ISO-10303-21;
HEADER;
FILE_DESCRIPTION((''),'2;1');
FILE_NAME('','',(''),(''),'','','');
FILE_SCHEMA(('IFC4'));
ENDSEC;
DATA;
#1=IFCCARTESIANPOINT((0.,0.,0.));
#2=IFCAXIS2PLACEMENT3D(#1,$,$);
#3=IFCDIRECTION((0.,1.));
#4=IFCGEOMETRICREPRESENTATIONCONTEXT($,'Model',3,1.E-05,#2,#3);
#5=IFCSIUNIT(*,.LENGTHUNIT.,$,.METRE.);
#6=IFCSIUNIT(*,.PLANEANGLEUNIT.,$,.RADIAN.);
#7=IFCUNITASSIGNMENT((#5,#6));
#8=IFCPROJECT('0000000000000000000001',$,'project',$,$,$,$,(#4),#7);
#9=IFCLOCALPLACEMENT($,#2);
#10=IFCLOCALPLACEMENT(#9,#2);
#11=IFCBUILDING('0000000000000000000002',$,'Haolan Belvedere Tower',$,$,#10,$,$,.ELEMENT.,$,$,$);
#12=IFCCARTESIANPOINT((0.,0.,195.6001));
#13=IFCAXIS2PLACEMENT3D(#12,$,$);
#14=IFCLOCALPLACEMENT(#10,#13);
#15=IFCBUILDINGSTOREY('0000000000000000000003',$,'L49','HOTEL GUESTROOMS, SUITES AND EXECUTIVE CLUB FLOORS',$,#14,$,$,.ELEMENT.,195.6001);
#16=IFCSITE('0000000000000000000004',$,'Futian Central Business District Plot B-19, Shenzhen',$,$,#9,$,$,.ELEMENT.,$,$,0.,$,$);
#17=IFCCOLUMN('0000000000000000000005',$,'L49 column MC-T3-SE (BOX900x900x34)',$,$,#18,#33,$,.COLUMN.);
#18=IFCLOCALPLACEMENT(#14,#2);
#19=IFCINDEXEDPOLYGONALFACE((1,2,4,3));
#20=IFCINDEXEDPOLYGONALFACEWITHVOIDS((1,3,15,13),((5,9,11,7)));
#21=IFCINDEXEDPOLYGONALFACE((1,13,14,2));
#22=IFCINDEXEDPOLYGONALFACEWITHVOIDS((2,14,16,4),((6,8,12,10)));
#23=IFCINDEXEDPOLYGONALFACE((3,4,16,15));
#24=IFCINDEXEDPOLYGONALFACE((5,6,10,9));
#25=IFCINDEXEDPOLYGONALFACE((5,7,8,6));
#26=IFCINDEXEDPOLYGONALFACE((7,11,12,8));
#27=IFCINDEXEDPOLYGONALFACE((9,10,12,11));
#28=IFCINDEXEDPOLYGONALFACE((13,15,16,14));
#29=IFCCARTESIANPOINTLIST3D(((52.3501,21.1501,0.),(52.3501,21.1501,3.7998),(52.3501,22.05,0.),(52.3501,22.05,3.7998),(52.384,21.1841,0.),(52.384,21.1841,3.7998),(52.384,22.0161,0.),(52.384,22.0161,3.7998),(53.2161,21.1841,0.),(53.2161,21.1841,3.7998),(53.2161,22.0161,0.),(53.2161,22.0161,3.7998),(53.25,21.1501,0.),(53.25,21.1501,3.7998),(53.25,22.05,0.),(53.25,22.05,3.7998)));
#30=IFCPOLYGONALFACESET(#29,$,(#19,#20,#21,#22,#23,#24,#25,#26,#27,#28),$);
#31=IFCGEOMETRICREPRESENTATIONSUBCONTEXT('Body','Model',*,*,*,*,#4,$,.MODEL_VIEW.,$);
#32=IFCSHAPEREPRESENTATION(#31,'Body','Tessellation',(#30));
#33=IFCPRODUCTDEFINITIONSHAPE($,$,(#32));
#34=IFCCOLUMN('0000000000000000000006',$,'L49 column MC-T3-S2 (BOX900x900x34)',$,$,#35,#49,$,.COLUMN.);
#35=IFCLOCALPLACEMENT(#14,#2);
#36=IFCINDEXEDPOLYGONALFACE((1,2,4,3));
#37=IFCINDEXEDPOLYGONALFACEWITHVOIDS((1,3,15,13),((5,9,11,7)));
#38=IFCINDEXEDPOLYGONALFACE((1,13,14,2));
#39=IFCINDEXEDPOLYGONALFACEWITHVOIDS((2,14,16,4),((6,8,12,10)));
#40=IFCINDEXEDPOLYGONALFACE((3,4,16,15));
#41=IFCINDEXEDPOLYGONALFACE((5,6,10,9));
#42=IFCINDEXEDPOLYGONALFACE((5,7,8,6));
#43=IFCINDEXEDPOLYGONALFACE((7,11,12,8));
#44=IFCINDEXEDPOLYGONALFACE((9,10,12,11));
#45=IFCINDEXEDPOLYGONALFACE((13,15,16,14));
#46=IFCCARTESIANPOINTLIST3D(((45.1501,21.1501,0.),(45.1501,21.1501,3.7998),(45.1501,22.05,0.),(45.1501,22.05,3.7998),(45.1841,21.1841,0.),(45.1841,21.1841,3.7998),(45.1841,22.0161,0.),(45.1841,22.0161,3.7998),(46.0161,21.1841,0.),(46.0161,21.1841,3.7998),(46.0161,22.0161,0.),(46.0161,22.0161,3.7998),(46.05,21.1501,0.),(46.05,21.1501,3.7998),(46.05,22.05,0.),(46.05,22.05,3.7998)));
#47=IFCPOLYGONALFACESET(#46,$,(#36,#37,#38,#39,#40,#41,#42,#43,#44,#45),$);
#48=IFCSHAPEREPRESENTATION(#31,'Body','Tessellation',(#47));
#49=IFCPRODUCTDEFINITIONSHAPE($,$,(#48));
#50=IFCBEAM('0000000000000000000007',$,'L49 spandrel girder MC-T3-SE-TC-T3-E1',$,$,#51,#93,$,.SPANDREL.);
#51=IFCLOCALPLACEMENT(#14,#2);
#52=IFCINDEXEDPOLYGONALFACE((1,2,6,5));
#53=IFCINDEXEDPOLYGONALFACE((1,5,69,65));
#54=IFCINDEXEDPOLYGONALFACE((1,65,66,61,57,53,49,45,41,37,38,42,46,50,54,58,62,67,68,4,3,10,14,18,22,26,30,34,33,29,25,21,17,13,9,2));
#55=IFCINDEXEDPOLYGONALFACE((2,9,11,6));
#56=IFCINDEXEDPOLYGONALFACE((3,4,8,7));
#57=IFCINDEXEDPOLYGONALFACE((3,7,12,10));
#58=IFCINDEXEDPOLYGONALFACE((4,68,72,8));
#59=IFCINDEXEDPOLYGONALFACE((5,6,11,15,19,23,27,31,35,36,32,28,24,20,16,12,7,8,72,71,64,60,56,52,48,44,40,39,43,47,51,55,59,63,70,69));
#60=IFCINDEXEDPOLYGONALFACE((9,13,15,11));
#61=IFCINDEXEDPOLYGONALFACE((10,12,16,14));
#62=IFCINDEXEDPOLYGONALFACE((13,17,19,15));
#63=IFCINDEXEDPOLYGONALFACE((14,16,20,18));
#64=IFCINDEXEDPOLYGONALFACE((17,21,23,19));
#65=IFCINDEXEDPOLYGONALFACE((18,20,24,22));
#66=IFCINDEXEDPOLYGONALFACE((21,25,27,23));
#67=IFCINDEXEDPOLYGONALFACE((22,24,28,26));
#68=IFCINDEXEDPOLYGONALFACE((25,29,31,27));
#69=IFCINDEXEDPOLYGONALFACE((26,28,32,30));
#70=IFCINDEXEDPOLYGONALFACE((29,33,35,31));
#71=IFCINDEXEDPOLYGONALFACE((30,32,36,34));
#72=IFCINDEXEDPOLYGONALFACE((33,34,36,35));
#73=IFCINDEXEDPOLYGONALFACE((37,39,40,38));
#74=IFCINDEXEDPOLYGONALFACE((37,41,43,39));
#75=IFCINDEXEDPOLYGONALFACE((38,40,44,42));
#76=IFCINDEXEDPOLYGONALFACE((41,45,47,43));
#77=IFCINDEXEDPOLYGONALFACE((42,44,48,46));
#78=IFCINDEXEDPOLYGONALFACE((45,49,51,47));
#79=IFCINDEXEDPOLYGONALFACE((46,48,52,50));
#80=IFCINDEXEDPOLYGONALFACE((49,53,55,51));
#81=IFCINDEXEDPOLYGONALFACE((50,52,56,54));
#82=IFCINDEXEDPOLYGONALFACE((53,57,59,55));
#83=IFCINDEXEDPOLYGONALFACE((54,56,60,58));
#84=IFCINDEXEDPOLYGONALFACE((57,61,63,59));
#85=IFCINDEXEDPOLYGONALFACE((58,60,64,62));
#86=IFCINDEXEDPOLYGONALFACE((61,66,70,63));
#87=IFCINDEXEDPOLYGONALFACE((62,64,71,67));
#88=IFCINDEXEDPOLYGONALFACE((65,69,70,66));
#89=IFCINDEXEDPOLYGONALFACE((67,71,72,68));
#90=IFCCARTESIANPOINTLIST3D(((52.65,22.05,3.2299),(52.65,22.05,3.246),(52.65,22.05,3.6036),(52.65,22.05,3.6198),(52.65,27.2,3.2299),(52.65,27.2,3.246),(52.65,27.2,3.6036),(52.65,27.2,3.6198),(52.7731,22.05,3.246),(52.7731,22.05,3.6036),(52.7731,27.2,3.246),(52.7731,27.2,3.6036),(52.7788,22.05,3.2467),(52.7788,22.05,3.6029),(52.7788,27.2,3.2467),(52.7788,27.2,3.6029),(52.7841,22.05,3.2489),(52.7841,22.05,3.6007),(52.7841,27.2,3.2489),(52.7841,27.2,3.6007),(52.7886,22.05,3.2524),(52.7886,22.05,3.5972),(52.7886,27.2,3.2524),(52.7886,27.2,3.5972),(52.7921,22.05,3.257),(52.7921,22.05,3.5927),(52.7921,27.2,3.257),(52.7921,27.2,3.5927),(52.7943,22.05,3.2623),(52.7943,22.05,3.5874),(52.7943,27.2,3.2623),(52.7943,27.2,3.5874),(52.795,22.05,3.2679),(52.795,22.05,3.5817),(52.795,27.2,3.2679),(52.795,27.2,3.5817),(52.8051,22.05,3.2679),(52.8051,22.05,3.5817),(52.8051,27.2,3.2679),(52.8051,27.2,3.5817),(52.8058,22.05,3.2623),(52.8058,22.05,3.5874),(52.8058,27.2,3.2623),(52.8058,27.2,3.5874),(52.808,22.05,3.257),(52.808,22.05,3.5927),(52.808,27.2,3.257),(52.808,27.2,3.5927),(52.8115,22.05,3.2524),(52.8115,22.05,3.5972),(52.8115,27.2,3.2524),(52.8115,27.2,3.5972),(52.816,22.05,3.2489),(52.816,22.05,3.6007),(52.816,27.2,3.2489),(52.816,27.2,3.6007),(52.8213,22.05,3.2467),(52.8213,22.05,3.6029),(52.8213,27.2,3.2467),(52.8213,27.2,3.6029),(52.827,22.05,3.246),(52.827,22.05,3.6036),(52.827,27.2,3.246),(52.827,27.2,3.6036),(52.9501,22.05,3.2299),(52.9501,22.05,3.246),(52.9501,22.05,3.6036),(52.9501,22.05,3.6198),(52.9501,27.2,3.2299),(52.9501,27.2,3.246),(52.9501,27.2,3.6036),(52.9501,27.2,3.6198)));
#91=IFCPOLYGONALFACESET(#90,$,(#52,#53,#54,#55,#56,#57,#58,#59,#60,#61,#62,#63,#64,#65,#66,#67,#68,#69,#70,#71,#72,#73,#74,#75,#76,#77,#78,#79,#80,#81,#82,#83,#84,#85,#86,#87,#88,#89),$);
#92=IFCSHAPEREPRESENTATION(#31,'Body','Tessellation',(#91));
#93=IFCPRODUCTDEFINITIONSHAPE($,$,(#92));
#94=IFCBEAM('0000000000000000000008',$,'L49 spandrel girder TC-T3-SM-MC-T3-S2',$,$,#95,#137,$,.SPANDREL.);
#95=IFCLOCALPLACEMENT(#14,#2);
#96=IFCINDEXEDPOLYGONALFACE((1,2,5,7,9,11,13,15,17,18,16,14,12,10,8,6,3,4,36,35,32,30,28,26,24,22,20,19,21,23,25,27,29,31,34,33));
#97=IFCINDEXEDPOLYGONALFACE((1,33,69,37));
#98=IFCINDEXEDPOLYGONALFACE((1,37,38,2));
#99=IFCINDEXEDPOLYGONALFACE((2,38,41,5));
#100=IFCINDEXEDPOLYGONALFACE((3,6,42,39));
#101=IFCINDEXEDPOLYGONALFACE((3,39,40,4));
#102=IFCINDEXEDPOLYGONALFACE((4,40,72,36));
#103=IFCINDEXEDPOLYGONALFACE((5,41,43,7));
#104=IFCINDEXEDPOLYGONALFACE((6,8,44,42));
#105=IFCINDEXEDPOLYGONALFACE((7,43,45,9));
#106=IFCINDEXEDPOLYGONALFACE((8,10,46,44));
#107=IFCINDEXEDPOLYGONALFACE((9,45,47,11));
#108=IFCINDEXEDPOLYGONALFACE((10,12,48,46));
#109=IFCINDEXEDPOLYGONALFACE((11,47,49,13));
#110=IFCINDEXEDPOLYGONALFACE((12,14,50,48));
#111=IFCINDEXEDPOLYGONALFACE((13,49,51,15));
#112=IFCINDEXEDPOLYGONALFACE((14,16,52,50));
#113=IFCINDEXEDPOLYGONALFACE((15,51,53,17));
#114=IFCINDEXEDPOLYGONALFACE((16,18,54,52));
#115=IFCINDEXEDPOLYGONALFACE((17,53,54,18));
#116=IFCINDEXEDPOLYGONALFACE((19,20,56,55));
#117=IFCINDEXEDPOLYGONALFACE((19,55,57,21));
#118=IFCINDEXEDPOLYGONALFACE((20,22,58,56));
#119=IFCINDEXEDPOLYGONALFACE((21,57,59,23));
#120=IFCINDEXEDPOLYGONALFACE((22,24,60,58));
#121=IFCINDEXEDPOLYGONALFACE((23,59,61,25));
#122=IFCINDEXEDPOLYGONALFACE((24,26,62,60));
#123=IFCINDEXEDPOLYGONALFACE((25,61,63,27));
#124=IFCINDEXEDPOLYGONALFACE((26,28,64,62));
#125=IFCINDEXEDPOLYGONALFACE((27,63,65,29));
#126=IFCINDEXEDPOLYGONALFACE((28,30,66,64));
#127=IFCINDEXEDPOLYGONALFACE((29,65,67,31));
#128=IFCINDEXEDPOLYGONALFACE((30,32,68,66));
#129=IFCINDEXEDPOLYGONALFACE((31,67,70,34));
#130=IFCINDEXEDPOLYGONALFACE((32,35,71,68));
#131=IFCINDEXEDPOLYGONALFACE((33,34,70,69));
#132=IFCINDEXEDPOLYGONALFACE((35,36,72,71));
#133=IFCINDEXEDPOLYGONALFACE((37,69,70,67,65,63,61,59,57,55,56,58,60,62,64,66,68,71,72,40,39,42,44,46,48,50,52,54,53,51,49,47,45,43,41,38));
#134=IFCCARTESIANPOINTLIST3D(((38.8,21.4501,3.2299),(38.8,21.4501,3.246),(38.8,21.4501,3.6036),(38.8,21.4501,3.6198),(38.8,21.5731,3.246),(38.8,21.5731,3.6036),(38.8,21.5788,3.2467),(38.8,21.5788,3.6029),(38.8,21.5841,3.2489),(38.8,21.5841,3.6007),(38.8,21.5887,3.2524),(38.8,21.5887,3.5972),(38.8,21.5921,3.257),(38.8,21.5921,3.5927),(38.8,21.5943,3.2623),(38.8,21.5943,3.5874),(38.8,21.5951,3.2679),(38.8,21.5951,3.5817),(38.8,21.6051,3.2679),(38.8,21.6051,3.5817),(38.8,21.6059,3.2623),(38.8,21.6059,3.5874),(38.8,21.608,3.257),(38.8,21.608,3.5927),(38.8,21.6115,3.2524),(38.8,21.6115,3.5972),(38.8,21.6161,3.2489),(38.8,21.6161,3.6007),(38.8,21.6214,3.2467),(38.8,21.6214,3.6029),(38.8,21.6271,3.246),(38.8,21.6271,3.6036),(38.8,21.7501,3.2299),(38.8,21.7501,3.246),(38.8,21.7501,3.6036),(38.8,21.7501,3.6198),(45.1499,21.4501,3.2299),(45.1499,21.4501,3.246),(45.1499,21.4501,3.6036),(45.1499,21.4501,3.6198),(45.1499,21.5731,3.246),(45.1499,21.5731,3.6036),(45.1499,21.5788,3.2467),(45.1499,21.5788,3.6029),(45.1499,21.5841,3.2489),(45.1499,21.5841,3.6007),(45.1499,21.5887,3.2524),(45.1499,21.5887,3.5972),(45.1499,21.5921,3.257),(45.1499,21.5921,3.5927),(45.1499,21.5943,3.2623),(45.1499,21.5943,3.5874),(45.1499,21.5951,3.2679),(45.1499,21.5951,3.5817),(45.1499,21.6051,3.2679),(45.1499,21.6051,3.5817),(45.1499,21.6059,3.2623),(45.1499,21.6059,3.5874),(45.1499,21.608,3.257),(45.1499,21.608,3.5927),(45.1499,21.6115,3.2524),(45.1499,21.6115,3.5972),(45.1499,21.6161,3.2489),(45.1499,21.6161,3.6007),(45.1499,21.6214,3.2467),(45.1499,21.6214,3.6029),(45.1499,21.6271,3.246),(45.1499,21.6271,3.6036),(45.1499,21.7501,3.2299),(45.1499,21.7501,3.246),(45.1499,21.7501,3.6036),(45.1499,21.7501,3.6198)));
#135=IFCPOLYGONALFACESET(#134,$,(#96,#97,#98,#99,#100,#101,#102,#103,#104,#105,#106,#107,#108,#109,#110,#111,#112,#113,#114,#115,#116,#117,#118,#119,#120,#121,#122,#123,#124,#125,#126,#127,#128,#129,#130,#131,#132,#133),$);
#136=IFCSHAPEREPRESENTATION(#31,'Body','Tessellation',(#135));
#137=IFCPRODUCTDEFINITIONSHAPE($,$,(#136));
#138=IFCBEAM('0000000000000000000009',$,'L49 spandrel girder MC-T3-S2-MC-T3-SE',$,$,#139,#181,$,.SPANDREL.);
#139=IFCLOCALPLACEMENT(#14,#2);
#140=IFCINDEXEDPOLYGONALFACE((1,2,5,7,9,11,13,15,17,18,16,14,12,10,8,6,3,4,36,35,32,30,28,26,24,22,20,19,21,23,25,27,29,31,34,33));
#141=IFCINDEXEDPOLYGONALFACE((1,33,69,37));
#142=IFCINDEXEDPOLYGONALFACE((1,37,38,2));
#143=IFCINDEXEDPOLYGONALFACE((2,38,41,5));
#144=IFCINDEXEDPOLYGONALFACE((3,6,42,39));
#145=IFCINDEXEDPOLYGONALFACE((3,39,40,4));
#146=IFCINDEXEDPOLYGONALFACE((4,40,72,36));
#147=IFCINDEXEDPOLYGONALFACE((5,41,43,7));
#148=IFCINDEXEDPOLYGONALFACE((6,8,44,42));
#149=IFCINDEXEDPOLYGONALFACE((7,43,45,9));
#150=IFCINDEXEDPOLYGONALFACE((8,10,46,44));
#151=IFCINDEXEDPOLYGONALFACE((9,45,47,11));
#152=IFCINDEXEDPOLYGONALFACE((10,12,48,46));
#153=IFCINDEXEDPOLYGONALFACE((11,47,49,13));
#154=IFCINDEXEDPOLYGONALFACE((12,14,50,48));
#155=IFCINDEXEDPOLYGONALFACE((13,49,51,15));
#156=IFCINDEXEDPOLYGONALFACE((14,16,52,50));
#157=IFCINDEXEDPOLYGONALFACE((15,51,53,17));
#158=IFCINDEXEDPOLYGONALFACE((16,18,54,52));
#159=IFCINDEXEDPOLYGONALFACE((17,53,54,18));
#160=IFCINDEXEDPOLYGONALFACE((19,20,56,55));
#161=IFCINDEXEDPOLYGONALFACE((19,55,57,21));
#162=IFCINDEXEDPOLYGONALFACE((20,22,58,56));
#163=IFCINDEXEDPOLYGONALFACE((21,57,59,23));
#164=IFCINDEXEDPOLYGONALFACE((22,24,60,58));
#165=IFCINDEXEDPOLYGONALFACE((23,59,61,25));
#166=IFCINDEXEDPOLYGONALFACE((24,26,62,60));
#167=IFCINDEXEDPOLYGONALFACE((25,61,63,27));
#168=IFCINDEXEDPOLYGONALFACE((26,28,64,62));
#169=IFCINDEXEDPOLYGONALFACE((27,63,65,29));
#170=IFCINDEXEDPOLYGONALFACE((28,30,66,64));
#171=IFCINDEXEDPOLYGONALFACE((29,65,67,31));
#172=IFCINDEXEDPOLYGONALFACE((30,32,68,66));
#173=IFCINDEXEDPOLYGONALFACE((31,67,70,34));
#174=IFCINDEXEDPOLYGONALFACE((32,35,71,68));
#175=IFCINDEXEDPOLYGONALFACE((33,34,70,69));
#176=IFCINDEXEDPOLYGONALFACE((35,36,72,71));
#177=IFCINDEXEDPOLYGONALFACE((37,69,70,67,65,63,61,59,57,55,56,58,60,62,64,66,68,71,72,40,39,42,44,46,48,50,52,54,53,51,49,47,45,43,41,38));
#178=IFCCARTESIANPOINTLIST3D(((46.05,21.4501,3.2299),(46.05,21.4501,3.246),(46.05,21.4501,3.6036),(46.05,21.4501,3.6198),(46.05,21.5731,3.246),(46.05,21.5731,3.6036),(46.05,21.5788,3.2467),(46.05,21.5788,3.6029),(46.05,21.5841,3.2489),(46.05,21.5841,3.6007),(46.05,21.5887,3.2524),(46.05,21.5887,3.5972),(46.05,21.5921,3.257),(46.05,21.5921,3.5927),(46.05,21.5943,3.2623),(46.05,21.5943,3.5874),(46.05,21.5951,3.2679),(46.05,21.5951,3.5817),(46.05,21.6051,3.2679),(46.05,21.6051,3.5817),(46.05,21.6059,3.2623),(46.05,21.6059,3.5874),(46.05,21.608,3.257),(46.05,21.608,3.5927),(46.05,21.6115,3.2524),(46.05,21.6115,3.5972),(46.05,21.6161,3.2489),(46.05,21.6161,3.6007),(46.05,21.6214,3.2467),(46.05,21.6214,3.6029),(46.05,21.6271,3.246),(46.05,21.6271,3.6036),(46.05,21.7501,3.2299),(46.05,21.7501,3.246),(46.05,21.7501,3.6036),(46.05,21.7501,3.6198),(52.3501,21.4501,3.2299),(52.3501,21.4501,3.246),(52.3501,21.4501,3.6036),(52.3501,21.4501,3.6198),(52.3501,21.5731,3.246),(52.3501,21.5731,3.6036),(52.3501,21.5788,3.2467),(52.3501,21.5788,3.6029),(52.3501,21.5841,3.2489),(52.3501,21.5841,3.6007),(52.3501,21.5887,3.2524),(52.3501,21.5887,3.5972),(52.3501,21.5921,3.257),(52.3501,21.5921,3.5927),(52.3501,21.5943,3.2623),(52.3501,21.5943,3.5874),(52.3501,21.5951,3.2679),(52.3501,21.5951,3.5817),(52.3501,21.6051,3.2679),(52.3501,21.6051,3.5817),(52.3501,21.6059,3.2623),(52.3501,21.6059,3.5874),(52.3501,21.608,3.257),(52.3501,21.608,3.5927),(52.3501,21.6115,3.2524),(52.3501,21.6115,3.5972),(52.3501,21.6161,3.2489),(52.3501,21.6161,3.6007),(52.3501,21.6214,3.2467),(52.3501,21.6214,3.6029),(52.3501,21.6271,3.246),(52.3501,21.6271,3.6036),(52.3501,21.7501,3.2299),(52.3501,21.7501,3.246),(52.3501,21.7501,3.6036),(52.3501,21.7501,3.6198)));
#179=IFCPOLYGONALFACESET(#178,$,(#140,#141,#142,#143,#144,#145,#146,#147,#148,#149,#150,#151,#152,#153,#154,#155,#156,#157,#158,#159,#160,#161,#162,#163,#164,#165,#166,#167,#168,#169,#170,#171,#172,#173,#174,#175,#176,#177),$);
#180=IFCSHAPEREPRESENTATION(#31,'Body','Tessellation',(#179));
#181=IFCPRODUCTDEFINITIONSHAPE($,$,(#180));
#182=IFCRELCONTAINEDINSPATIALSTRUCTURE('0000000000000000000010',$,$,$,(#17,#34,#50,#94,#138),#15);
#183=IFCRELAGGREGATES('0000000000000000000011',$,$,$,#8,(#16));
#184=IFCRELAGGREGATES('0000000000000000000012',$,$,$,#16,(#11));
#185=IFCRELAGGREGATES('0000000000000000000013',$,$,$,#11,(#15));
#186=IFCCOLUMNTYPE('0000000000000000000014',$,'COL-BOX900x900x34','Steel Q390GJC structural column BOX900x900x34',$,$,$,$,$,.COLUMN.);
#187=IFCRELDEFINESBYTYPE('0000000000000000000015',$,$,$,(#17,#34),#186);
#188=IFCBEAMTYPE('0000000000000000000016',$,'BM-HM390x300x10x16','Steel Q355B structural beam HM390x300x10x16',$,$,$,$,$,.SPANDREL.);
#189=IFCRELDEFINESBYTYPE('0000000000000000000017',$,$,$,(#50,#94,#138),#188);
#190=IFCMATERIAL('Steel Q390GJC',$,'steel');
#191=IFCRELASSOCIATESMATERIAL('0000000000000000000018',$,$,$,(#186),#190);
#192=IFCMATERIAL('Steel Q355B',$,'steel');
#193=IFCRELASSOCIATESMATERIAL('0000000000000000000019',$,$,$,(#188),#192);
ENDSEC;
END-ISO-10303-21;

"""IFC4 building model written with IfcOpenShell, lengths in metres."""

from ifc_helpers import new_model, si_unit, direction, frame, origin, origin_2d, place, context, subcontext, project, spatial, hollow_rectangle, i_section, extrude, material, material_profile, profile_set, type_object, element, save


model = new_model("IFC4")

# Units and contexts
model_context = context("Model", 3, precision=1e-05, world=origin(), true_north=direction((0.0, 1.0)))
body_context = subcontext(model_context, "Body", "Model", "MODEL_VIEW")
ifc_project = project(units=[si_unit("LENGTHUNIT", "METRE"), si_unit("PLANEANGLEUNIT", "RADIAN")], contexts=[model_context])

# Site, building, storey
site_placement = place(None, origin())
site = spatial("IfcSite", under=ifc_project, at=site_placement, Name="Futian Central Business District Plot B-19, Shenzhen", CompositionType="ELEMENT", RefElevation=0.0)
building_placement = place(site_placement, origin())
building = spatial("IfcBuilding", under=site, at=building_placement, Name="Haolan Belvedere Tower", CompositionType="ELEMENT")
storey_placement = place(building_placement, frame((0.0, 0.0, 195.6001)))
storey = spatial("IfcBuildingStorey", under=building, at=storey_placement, Name="L49", Description="HOTEL GUESTROOMS, SUITES AND EXECUTIVE CLUB FLOORS", CompositionType="ELEMENT", Elevation=195.6001)

# Columns
ifc_material_1 = material(Name="Steel Q390GJC", Category="steel")
ifc_material_profile_1 = material_profile(ifc_material_1, hollow_rectangle(XDim=0.8999, YDim=0.8999, WallThickness=0.0339, at=origin_2d()), Name="Steel Q390GJC")
ifc_profile_set_1 = profile_set([ifc_material_profile_1], Name="Steel Q390GJC")
column_type = type_object("IfcColumnType", Name="COL-BOX900x900x34", Description="Steel Q390GJC structural column BOX900x900x34", PredefinedType="COLUMN", material=ifc_profile_set_1)
for number, where, z_axis, x_axis, name in (
    (1, (52.8, 21.6001, 0.0), (0.0, 0.0, 1.0), (1.0, 0.0, 0.0), "L49 column MC-T3-SE (BOX900x900x34)"),
    (2, (45.6001, 21.6001, 0.0), (0.0, 0.0, 1.0), (1.0, 0.0, 0.0), "L49 column MC-T3-S2 (BOX900x900x34)"),
):
    element("IfcColumn", number, at=place(storey_placement, frame(where, z_axis=z_axis, x_axis=x_axis)), inside=storey, type_object=column_type, Name=name, PredefinedType="COLUMN", context=body_context, shape_type="SweptSolid", body=[
        extrude(hollow_rectangle(XDim=0.8999, YDim=0.8999, WallThickness=0.0339, at=origin_2d()), origin(), (0.0, 0.0, 1.0), 3.7998),
    ])

# Beams
ifc_material_2 = material(Name="Steel Q355B", Category="steel")
ifc_material_profile_2 = material_profile(ifc_material_2, i_section(OverallWidth=0.3, OverallDepth=0.3899, WebThickness=0.01, FlangeThickness=0.0161, FilletRadius=0.022, at=origin_2d()), Name="Steel Q355B")
ifc_profile_set_2 = profile_set([ifc_material_profile_2], Name="Steel Q355B")
beam_type_1 = type_object("IfcBeamType", Name="BM-HM390x300x10x16", Description="Steel Q355B structural beam HM390x300x10x16", PredefinedType="SPANDREL", material=ifc_profile_set_2)
beam_1_placement = place(storey_placement, frame((52.8, 22.05, 3.4248), z_axis=(0.0, 1.0, 0.0), x_axis=(-1.0, 0.0, 0.0)))
element("IfcBeam", 3, at=beam_1_placement, inside=storey, type_object=beam_type_1, Name="L49 spandrel girder MC-T3-SE-TC-T3-E1", PredefinedType="SPANDREL", context=body_context, shape_type="SweptSolid", body=[
    extrude(i_section(OverallWidth=0.3, OverallDepth=0.3899, WebThickness=0.01, FlangeThickness=0.0161, FilletRadius=0.022, at=origin_2d()), origin(), (0.0, 0.0, 1.0), 5.1499),
])
beam_2_placement = place(storey_placement, frame((38.8, 21.6001, 3.4248), z_axis=(1.0, 0.0, 0.0), x_axis=(0.0, 1.0, 0.0)))
element("IfcBeam", 4, at=beam_2_placement, inside=storey, type_object=beam_type_1, Name="L49 spandrel girder TC-T3-SM-MC-T3-S2", PredefinedType="SPANDREL", context=body_context, shape_type="SweptSolid", body=[
    extrude(i_section(OverallWidth=0.3, OverallDepth=0.3899, WebThickness=0.01, FlangeThickness=0.0161, FilletRadius=0.022, at=origin_2d()), origin(), (0.0, 0.0, 1.0), 6.3499),
])
beam_3_placement = place(storey_placement, frame((46.05, 21.6001, 3.4248), z_axis=(1.0, 0.0, 0.0), x_axis=(0.0, 1.0, 0.0)))
element("IfcBeam", 5, at=beam_3_placement, inside=storey, type_object=beam_type_1, Name="L49 spandrel girder MC-T3-S2-MC-T3-SE", PredefinedType="SPANDREL", context=body_context, shape_type="SweptSolid", body=[
    extrude(i_section(OverallWidth=0.3, OverallDepth=0.3899, WebThickness=0.01, FlangeThickness=0.0161, FilletRadius=0.022, at=origin_2d()), origin(), (0.0, 0.0, 1.0), 6.3),
])

save(model, "model.ifc")
